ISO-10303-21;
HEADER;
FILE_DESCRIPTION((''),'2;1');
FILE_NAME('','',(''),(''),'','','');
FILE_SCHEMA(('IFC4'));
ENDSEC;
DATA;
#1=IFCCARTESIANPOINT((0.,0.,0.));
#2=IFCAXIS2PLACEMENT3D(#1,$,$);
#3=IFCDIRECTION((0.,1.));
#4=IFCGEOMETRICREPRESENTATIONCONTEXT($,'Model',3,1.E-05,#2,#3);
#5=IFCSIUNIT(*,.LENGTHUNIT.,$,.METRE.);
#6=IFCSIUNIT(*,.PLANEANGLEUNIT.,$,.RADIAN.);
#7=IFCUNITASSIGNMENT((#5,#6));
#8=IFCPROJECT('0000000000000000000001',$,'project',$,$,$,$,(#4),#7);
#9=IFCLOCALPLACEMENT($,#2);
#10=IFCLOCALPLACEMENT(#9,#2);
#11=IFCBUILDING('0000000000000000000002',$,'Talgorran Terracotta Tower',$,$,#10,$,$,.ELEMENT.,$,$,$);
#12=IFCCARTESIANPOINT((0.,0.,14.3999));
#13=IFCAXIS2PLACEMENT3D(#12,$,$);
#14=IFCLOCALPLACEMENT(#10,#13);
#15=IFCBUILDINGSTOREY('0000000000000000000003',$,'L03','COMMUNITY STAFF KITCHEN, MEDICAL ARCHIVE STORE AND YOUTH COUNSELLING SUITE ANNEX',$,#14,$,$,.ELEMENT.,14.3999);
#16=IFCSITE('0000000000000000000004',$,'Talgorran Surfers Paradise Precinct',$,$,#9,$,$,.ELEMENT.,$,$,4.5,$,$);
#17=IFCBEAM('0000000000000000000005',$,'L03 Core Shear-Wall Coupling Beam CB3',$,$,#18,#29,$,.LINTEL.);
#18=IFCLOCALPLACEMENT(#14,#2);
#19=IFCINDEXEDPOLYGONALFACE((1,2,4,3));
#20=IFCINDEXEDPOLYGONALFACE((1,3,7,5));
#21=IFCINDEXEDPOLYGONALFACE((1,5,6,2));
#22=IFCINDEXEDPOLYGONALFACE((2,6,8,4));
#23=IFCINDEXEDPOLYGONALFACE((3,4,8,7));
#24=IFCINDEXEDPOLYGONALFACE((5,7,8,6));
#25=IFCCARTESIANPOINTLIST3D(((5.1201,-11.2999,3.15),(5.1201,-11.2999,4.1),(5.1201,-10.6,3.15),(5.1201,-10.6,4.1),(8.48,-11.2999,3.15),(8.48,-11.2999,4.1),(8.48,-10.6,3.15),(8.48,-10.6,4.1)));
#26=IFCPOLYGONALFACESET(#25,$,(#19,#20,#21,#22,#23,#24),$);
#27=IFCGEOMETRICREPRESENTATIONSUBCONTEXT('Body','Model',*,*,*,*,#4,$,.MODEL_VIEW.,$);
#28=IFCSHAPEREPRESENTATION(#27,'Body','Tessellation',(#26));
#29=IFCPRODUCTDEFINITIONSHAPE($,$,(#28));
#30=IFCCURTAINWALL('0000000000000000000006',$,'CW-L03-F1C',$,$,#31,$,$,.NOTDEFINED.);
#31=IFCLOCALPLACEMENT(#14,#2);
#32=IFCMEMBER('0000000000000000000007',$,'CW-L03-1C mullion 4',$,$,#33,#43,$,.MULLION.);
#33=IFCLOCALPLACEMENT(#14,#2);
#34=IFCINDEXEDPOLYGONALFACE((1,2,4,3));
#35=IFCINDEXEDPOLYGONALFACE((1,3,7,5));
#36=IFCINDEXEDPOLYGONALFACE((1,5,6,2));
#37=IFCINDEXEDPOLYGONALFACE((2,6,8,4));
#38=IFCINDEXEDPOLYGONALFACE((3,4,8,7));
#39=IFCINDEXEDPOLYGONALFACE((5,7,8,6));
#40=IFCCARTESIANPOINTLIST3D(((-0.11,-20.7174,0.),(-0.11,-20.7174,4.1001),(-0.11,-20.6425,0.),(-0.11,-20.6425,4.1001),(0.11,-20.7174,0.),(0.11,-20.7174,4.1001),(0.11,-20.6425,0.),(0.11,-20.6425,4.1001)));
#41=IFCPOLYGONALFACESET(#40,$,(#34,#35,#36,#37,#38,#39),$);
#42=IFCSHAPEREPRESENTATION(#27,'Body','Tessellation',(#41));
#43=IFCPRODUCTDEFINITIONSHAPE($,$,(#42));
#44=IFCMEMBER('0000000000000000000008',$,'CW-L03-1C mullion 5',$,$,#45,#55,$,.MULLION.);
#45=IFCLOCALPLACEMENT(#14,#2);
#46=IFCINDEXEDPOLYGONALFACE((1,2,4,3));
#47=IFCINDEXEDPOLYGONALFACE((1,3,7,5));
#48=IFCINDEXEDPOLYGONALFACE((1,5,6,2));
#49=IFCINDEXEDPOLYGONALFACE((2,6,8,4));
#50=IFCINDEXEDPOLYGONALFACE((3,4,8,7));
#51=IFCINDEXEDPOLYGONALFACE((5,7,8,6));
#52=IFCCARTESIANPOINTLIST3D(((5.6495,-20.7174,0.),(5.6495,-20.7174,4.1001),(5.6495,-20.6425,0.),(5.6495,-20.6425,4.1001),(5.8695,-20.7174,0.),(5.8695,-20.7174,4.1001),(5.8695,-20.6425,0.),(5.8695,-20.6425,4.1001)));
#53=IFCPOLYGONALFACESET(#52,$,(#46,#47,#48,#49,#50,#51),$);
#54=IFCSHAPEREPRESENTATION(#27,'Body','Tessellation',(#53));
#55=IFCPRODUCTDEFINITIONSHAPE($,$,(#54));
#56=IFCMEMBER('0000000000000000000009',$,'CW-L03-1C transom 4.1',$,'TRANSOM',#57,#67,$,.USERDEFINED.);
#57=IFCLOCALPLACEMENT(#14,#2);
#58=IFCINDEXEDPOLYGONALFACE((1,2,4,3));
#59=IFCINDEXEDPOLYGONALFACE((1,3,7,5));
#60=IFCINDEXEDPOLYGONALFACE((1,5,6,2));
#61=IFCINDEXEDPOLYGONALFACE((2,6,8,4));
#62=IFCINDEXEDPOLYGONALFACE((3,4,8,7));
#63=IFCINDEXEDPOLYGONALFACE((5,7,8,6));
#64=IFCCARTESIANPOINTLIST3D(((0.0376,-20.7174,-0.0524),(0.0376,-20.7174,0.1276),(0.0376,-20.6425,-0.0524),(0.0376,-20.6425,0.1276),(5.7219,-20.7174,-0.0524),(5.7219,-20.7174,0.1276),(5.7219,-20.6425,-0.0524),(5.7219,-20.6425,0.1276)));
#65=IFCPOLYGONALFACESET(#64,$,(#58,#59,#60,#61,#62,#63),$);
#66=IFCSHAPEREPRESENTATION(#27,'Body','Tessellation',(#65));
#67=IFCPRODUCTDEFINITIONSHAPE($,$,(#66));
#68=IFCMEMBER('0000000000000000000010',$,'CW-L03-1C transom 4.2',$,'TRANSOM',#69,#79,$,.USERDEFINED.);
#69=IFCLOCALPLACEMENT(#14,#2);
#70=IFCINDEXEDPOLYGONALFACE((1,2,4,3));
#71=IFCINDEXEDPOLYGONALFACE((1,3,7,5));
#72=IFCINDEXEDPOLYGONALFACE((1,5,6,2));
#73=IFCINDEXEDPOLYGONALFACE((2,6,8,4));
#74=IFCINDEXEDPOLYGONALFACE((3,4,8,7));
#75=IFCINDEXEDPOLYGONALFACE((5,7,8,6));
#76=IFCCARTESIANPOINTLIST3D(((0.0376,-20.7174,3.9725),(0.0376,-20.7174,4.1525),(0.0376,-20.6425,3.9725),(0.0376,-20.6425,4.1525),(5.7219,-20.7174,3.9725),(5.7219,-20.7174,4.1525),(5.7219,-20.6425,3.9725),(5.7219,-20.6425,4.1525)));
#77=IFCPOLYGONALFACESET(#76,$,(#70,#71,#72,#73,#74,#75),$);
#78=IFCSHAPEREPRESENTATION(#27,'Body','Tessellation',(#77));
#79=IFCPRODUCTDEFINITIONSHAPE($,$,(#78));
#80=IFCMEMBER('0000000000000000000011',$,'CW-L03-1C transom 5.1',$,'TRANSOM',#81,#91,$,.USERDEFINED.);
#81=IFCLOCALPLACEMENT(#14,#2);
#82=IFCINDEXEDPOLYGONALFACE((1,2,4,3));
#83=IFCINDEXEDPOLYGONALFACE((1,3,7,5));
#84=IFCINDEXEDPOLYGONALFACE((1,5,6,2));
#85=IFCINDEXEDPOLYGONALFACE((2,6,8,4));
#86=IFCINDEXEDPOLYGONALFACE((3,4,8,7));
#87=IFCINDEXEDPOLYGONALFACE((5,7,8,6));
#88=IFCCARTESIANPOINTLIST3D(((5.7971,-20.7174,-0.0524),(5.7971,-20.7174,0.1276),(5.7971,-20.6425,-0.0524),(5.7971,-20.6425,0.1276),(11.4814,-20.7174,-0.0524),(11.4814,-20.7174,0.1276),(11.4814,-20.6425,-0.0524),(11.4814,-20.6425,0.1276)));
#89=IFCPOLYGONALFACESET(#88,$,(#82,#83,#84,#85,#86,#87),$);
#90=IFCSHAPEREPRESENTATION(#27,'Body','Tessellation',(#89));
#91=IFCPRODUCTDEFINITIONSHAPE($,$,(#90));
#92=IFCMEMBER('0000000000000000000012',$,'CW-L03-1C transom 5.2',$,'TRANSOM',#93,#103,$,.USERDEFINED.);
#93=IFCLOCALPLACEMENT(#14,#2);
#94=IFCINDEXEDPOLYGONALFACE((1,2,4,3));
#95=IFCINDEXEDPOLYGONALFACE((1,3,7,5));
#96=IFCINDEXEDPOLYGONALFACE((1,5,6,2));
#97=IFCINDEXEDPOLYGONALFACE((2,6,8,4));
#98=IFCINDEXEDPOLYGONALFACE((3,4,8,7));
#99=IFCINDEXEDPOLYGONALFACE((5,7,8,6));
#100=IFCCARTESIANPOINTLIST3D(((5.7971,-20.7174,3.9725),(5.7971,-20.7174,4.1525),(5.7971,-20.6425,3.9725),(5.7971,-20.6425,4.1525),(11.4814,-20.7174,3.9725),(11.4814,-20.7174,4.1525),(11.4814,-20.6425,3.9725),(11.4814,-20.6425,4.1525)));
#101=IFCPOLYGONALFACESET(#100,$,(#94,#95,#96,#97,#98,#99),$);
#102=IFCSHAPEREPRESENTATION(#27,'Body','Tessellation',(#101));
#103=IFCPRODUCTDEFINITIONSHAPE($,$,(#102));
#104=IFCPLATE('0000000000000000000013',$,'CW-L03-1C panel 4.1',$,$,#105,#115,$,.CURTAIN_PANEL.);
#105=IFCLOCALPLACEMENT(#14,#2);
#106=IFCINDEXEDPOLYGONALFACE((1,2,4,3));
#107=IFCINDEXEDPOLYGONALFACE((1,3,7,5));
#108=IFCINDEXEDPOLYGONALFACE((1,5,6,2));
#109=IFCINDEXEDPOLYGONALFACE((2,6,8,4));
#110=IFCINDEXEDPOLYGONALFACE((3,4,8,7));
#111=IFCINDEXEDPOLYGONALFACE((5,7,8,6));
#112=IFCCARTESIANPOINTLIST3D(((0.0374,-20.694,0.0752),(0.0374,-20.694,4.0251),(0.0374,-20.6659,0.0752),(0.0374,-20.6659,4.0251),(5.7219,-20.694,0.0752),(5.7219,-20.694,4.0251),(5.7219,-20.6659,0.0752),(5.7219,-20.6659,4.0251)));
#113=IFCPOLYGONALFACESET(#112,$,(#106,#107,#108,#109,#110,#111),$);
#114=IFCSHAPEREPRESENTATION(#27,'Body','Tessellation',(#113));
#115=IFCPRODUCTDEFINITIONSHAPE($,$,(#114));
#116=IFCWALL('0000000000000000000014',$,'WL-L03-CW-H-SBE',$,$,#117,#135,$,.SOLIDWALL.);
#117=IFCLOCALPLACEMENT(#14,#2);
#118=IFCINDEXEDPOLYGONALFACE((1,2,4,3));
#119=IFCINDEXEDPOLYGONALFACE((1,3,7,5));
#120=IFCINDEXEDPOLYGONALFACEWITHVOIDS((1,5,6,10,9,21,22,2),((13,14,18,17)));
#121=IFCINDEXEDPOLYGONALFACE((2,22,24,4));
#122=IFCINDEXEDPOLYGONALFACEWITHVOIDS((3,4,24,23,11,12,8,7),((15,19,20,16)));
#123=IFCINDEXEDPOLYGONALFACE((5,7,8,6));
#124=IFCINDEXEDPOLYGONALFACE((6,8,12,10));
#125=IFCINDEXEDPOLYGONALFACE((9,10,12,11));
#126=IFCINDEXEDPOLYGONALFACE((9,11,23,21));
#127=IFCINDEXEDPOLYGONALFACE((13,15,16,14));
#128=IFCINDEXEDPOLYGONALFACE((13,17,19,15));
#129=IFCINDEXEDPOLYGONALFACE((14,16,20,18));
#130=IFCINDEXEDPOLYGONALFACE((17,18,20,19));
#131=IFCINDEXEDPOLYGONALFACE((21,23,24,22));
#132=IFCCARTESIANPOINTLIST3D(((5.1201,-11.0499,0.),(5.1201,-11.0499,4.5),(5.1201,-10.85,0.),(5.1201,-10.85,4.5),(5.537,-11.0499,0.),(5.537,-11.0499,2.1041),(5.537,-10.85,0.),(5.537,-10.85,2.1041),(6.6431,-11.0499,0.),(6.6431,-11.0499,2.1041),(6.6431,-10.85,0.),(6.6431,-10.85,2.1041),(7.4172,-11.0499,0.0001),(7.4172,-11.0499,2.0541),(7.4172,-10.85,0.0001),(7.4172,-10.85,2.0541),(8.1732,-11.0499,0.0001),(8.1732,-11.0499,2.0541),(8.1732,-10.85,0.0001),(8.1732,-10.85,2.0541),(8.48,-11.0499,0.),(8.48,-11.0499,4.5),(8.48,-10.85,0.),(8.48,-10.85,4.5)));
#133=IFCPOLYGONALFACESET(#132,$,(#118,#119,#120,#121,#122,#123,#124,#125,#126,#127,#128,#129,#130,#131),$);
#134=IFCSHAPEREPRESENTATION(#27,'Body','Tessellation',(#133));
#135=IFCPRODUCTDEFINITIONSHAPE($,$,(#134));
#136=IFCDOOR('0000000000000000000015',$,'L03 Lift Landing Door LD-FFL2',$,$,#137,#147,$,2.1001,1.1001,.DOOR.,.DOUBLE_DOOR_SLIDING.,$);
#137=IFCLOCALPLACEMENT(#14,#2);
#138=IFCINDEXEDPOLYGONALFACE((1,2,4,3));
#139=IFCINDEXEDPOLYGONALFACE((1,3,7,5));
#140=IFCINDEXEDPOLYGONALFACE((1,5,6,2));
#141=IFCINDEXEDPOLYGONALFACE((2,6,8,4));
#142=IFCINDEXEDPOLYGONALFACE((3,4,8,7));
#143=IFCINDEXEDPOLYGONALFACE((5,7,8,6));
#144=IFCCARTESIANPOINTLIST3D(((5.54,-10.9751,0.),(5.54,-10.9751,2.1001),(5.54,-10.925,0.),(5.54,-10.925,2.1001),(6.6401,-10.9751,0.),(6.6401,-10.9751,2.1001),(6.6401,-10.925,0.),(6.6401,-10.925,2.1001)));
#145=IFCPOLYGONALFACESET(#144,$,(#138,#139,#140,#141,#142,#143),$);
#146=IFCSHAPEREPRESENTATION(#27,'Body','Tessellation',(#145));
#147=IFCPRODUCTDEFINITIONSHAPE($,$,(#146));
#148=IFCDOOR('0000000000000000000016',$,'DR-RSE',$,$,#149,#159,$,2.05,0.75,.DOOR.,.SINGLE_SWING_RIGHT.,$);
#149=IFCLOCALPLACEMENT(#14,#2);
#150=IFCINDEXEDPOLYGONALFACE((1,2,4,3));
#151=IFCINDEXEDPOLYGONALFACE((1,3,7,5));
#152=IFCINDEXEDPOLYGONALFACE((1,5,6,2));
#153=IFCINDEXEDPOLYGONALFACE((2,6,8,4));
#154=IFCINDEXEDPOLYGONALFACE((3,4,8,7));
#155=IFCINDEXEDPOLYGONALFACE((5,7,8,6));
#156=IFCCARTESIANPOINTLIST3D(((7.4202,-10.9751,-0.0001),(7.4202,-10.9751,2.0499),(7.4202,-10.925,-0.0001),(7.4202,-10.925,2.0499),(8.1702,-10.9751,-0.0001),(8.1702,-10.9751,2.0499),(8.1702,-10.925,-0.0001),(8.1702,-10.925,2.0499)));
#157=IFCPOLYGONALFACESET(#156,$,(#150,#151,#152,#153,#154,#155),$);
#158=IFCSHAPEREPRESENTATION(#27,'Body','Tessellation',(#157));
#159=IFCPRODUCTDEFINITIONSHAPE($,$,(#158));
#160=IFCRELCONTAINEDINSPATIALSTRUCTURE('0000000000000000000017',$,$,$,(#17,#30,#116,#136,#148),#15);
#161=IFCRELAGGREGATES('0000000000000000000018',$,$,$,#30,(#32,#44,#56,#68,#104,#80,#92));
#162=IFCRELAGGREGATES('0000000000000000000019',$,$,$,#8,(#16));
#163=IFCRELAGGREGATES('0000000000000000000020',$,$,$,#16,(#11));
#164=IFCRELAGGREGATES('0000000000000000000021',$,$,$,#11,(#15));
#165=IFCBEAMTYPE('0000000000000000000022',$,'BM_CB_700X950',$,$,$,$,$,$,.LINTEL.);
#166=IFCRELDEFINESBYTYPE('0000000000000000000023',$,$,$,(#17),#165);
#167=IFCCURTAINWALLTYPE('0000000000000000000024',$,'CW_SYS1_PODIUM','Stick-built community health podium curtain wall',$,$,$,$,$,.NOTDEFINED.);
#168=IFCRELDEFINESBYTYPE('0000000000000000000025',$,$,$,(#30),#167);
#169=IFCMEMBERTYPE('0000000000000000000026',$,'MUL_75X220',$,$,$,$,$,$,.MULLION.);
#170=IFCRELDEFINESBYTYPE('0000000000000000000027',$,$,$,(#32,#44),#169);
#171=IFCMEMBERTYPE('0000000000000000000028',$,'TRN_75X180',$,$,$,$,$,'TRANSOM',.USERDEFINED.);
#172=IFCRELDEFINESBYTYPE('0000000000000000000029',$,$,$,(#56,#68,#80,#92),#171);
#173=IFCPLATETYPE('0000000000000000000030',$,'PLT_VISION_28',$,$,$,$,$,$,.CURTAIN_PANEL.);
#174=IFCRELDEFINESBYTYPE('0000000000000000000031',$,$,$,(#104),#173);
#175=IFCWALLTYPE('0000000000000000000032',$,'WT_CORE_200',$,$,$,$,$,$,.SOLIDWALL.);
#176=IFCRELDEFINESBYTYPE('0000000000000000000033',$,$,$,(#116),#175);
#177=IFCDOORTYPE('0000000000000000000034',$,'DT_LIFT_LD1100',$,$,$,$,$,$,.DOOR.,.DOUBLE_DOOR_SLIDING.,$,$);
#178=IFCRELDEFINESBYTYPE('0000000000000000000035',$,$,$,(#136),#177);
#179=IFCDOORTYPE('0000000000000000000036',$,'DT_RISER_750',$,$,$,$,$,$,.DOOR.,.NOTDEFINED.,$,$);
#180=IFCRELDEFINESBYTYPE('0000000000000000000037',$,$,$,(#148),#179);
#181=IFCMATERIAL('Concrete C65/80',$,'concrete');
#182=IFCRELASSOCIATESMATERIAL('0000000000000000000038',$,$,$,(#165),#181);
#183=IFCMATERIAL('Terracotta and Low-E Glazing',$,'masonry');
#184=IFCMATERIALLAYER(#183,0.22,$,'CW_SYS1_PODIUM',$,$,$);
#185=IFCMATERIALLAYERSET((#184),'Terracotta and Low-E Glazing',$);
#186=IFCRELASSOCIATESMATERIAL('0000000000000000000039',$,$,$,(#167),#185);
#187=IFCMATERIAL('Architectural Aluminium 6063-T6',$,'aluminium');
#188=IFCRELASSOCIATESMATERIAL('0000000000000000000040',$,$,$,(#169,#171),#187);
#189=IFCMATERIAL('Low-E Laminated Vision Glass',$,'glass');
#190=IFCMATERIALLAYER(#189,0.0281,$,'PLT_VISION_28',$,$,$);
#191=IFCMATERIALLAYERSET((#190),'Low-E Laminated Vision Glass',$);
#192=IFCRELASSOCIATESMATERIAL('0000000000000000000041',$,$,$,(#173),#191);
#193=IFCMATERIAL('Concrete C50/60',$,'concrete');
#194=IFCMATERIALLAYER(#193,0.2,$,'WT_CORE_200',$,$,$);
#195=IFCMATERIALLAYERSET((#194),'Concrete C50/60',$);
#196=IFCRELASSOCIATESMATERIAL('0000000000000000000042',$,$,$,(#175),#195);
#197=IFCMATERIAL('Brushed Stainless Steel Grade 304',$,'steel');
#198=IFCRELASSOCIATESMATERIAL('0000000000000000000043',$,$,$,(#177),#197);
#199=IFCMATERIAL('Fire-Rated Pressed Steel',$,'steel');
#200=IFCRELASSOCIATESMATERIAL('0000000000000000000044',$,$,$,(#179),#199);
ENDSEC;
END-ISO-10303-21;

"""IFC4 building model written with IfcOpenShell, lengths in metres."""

from ifc_helpers import new_model, si_unit, direction, frame, frame_2d, origin, origin_2d, place, context, subcontext, project, spatial, rectangle, extrude, source, transform, mapped, material, layer, layer_set, material_profile, profile_set, type_object, type_shapes, element, fill, aggregate, save


model = new_model("IFC4")

# Units and contexts
model_context = context("Model", 3, precision=1e-05, world=origin(), true_north=direction((0.0, 1.0)))
body_context = subcontext(model_context, "Body", "Model", "MODEL_VIEW")
ifc_project = project(units=[si_unit("LENGTHUNIT", "METRE"), si_unit("PLANEANGLEUNIT", "RADIAN")], contexts=[model_context])

# Site, building, storey
site_placement = place(None, origin())
site = spatial("IfcSite", under=ifc_project, at=site_placement, Name="Talgorran Surfers Paradise Precinct", CompositionType="ELEMENT", RefElevation=4.5)
building_placement = place(site_placement, origin())
building = spatial("IfcBuilding", under=site, at=building_placement, Name="Talgorran Terracotta Tower", CompositionType="ELEMENT")
storey_placement = place(building_placement, frame((0.0, 0.0, 14.3999)))
storey = spatial("IfcBuildingStorey", under=building, at=storey_placement, Name="L03", Description="COMMUNITY STAFF KITCHEN, MEDICAL ARCHIVE STORE AND YOUTH COUNSELLING SUITE ANNEX", CompositionType="ELEMENT", Elevation=14.3999)

# Beam
ifc_material_1 = material(Name="Concrete C65/80", Category="concrete")
ifc_material_profile_1 = material_profile(ifc_material_1, rectangle(XDim=0.7, YDim=0.95, at=origin_2d()), Name="RCCB700X950")
ifc_profile_set_1 = profile_set([ifc_material_profile_1], Name="Concrete C65/80")
beam_type = type_object("IfcBeamType", Name="BM_CB_700X950", PredefinedType="LINTEL", material=ifc_profile_set_1)
beam_placement = place(storey_placement, frame((5.1201, -10.95, 3.625), z_axis=(1.0, 0.0, 0.0), x_axis=(0.0, 1.0, 0.0)))
element("IfcBeam", 1, at=beam_placement, inside=storey, type_object=beam_type, Name="L03 Core Shear-Wall Coupling Beam CB3", PredefinedType="LINTEL", context=body_context, shape_type="SweptSolid", body=[
    extrude(rectangle(XDim=0.7, YDim=0.95, at=origin_2d()), origin(), (0.0, 0.0, 1.0), 3.3599),
])

# Curtain wall, members, plate
ifc_material_2 = material(Name="Terracotta and Low-E Glazing", Category="masonry")
ifc_layer_1 = layer(ifc_material_2, 0.22, Name="CW_SYS1_PODIUM")
ifc_layer_set_1 = layer_set([ifc_layer_1], Name="Terracotta and Low-E Glazing")
curtain_wall_type = type_object("IfcCurtainWallType", Name="CW_SYS1_PODIUM", Description="Stick-built community health podium curtain wall", PredefinedType="NOTDEFINED", material=ifc_layer_set_1)
curtain_wall_placement = place(storey_placement, origin())
curtain_wall = element("IfcCurtainWall", 2, at=curtain_wall_placement, inside=storey, type_object=curtain_wall_type, Name="CW-L03-F1C", PredefinedType="NOTDEFINED")
ifc_material_3 = material(Name="Architectural Aluminium 6063-T6", Category="aluminium")
ifc_material_profile_2 = material_profile(ifc_material_3, rectangle(XDim=0.075, YDim=0.22, at=origin_2d()), Name="CWM75X220")
ifc_profile_set_2 = profile_set([ifc_material_profile_2], Name="Architectural Aluminium 6063-T6")
member_type_1 = type_object("IfcMemberType", Name="MUL_75X220", PredefinedType="MULLION", material=ifc_profile_set_2)
member_1_placement = place(storey_placement, frame((0.0, -20.6799, 0.0), z_axis=(0.0, 0.0, 1.0), x_axis=(0.0, 1.0, 0.0)))
member_1 = element("IfcMember", 3, at=member_1_placement, type_object=member_type_1, Name="CW-L03-1C mullion 4", PredefinedType="MULLION", context=body_context, shape_type="SweptSolid", body=[
    extrude(rectangle(XDim=0.075, YDim=0.22, at=origin_2d()), origin(), (0.0, 0.0, 1.0), 4.1001),
])
member_2_placement = place(storey_placement, frame((5.7595, -20.6799, 0.0), z_axis=(0.0, 0.0, 1.0), x_axis=(0.0, 1.0, 0.0)))
member_2 = element("IfcMember", 4, at=member_2_placement, type_object=member_type_1, Name="CW-L03-1C mullion 5", PredefinedType="MULLION", context=body_context, shape_type="SweptSolid", body=[
    extrude(rectangle(XDim=0.075, YDim=0.22, at=origin_2d()), origin(), (0.0, 0.0, 1.0), 4.1001),
])
ifc_material_profile_3 = material_profile(ifc_material_3, rectangle(XDim=0.075, YDim=0.1799, at=origin_2d()), Name="CWT75X180")
ifc_profile_set_3 = profile_set([ifc_material_profile_3], Name="Architectural Aluminium 6063-T6")
member_type_2 = type_object("IfcMemberType", Name="TRN_75X180", ElementType="TRANSOM", PredefinedType="USERDEFINED", material=ifc_profile_set_3)
member_3_placement = place(storey_placement, frame((0.0376, -20.6799, 0.0376), z_axis=(1.0, 0.0, 0.0), x_axis=(0.0, 1.0, 0.0)))
member_3 = element("IfcMember", 5, at=member_3_placement, type_object=member_type_2, Name="CW-L03-1C transom 4.1", ObjectType="TRANSOM", PredefinedType="USERDEFINED", context=body_context, shape_type="SweptSolid", body=[
    extrude(rectangle(XDim=0.075, YDim=0.1799, at=origin_2d()), origin(), (0.0, 0.0, 1.0), 5.6843),
])
member_4_placement = place(storey_placement, frame((0.0376, -20.6799, 4.0625), z_axis=(1.0, 0.0, 0.0), x_axis=(0.0, 1.0, 0.0)))
member_4 = element("IfcMember", 6, at=member_4_placement, type_object=member_type_2, Name="CW-L03-1C transom 4.2", ObjectType="TRANSOM", PredefinedType="USERDEFINED", context=body_context, shape_type="SweptSolid", body=[
    extrude(rectangle(XDim=0.075, YDim=0.1799, at=origin_2d()), origin(), (0.0, 0.0, 1.0), 5.6843),
])
member_5_placement = place(storey_placement, frame((5.7971, -20.6799, 0.0376), z_axis=(1.0, 0.0, 0.0), x_axis=(0.0, 1.0, 0.0)))
member_5 = element("IfcMember", 7, at=member_5_placement, type_object=member_type_2, Name="CW-L03-1C transom 5.1", ObjectType="TRANSOM", PredefinedType="USERDEFINED", context=body_context, shape_type="SweptSolid", body=[
    extrude(rectangle(XDim=0.075, YDim=0.1799, at=origin_2d()), origin(), (0.0, 0.0, 1.0), 5.6843),
])
member_6_placement = place(storey_placement, frame((5.7971, -20.6799, 4.0625), z_axis=(1.0, 0.0, 0.0), x_axis=(0.0, 1.0, 0.0)))
member_6 = element("IfcMember", 8, at=member_6_placement, type_object=member_type_2, Name="CW-L03-1C transom 5.2", ObjectType="TRANSOM", PredefinedType="USERDEFINED", context=body_context, shape_type="SweptSolid", body=[
    extrude(rectangle(XDim=0.075, YDim=0.1799, at=origin_2d()), origin(), (0.0, 0.0, 1.0), 5.6843),
])
ifc_material_4 = material(Name="Low-E Laminated Vision Glass", Category="glass")
ifc_layer_2 = layer(ifc_material_4, 0.0281, Name="PLT_VISION_28")
ifc_layer_set_2 = layer_set([ifc_layer_2], Name="Low-E Laminated Vision Glass")
plate_type = type_object("IfcPlateType", Name="PLT_VISION_28", PredefinedType="CURTAIN_PANEL", material=ifc_layer_set_2)
shared_shape_1 = source(origin(), body_context, "Body", "SweptSolid", [
    extrude(rectangle(XDim=5.6846, YDim=0.0281, at=origin_2d()), origin(), (0.0, 0.0, 1.0), 3.95),
])
type_shapes(plate_type, [shared_shape_1])
plate_placement = place(storey_placement, frame((2.8796, -20.6799, 0.0752), z_axis=(0.0, 0.0, 1.0), x_axis=(1.0, 0.0, 0.0)))
plate = element("IfcPlate", 9, at=plate_placement, type_object=plate_type, Name="CW-L03-1C panel 4.1", PredefinedType="CURTAIN_PANEL", context=body_context, shape_type="MappedRepresentation", body=[
    mapped(shared_shape_1, transform((0.0, 0.0, 0.0), scale=1.0)),
])
aggregate(curtain_wall, [member_1, member_2, member_3, member_4, plate, member_5, member_6])

# Wall, openings, doors
ifc_material_5 = material(Name="Concrete C50/60", Category="concrete")
ifc_layer_3 = layer(ifc_material_5, 0.2, Name="WT_CORE_200")
ifc_layer_set_3 = layer_set([ifc_layer_3], Name="Concrete C50/60")
wall_type_1 = type_object("IfcWallType", Name="WT_CORE_200", PredefinedType="SOLIDWALL", material=ifc_layer_set_3)
wall_1_placement = place(storey_placement, frame((5.1201, -10.95, 0.0), z_axis=(0.0, 0.0, 1.0), x_axis=(1.0, 0.0, 0.0)))
wall_1 = element("IfcWall", 10, at=wall_1_placement, inside=storey, type_object=wall_type_1, Name="WL-L03-CW-H-SBE", PredefinedType="SOLIDWALL", context=body_context, shape_type="SweptSolid", body=[
    extrude(rectangle(XDim=3.3599, YDim=0.2, at=frame_2d((1.6799, 0.0))), origin(), (0.0, 0.0, 1.0), 4.5),
])
opening_1_placement = place(wall_1_placement, frame((0.4199, 0.0, 0.0)))
opening_1 = element("IfcOpeningElement", 11, at=opening_1_placement, cuts=wall_1, PredefinedType="OPENING", context=body_context, shape_type="SweptSolid", body=[
    extrude(rectangle(XDim=1.1061, YDim=2.1041, at=frame_2d((0.55, 1.052))), frame((0.0, 0.1099, 0.0), z_axis=(0.0, -1.0, 0.0), x_axis=(1.0, 0.0, 0.0)), (0.0, 0.0, 1.0), 0.22),
])
opening_2_placement = place(wall_1_placement, frame((2.3, 0.0, 0.0)))
opening_2 = element("IfcOpeningElement", 12, at=opening_2_placement, cuts=wall_1, PredefinedType="OPENING", context=body_context, shape_type="SweptSolid", body=[
    extrude(rectangle(XDim=0.756, YDim=2.054, at=frame_2d((0.375, 1.0271))), frame((0.0, 0.1099, 0.0), z_axis=(0.0, -1.0, 0.0), x_axis=(1.0, 0.0, 0.0)), (0.0, 0.0, 1.0), 0.22),
])
ifc_material_6 = material(Name="Brushed Stainless Steel Grade 304", Category="steel")
door_type_1 = type_object("IfcDoorType", Name="DT_LIFT_LD1100", OperationType="DOUBLE_DOOR_SLIDING", PredefinedType="DOOR", material=ifc_material_6)
door_1_placement = place(opening_1_placement, origin())
door_1 = element("IfcDoor", 13, at=door_1_placement, inside=storey, type_object=door_type_1, Name="L03 Lift Landing Door LD-FFL2", OperationType="DOUBLE_DOOR_SLIDING", OverallHeight=2.1001, OverallWidth=1.1001, PredefinedType="DOOR", context=body_context, shape_type="SweptSolid", body=[
    extrude(rectangle(XDim=1.1001, YDim=2.1001, at=frame_2d((0.55, 1.05))), frame((0.0, 0.0249, 0.0), z_axis=(0.0, -1.0, 0.0), x_axis=(1.0, 0.0, 0.0)), (0.0, 0.0, 1.0), 0.05),
])
fill(opening_1, door_1)
ifc_material_7 = material(Name="Fire-Rated Pressed Steel", Category="steel")
door_type_2 = type_object("IfcDoorType", Name="DT_RISER_750", OperationType="NOTDEFINED", PredefinedType="DOOR", material=ifc_material_7)
door_2_placement = place(opening_2_placement, origin())
door_2 = element("IfcDoor", 14, at=door_2_placement, inside=storey, type_object=door_type_2, Name="DR-RSE", OperationType="SINGLE_SWING_RIGHT", OverallHeight=2.05, OverallWidth=0.75, PredefinedType="DOOR", context=body_context, shape_type="SweptSolid", body=[
    extrude(rectangle(XDim=0.75, YDim=2.05, at=frame_2d((0.375, 1.0249))), frame((0.0, 0.0249, 0.0), z_axis=(0.0, -1.0, 0.0), x_axis=(1.0, 0.0, 0.0)), (0.0, 0.0, 1.0), 0.05),
])
fill(opening_2, door_2)

save(model, "model.ifc")
